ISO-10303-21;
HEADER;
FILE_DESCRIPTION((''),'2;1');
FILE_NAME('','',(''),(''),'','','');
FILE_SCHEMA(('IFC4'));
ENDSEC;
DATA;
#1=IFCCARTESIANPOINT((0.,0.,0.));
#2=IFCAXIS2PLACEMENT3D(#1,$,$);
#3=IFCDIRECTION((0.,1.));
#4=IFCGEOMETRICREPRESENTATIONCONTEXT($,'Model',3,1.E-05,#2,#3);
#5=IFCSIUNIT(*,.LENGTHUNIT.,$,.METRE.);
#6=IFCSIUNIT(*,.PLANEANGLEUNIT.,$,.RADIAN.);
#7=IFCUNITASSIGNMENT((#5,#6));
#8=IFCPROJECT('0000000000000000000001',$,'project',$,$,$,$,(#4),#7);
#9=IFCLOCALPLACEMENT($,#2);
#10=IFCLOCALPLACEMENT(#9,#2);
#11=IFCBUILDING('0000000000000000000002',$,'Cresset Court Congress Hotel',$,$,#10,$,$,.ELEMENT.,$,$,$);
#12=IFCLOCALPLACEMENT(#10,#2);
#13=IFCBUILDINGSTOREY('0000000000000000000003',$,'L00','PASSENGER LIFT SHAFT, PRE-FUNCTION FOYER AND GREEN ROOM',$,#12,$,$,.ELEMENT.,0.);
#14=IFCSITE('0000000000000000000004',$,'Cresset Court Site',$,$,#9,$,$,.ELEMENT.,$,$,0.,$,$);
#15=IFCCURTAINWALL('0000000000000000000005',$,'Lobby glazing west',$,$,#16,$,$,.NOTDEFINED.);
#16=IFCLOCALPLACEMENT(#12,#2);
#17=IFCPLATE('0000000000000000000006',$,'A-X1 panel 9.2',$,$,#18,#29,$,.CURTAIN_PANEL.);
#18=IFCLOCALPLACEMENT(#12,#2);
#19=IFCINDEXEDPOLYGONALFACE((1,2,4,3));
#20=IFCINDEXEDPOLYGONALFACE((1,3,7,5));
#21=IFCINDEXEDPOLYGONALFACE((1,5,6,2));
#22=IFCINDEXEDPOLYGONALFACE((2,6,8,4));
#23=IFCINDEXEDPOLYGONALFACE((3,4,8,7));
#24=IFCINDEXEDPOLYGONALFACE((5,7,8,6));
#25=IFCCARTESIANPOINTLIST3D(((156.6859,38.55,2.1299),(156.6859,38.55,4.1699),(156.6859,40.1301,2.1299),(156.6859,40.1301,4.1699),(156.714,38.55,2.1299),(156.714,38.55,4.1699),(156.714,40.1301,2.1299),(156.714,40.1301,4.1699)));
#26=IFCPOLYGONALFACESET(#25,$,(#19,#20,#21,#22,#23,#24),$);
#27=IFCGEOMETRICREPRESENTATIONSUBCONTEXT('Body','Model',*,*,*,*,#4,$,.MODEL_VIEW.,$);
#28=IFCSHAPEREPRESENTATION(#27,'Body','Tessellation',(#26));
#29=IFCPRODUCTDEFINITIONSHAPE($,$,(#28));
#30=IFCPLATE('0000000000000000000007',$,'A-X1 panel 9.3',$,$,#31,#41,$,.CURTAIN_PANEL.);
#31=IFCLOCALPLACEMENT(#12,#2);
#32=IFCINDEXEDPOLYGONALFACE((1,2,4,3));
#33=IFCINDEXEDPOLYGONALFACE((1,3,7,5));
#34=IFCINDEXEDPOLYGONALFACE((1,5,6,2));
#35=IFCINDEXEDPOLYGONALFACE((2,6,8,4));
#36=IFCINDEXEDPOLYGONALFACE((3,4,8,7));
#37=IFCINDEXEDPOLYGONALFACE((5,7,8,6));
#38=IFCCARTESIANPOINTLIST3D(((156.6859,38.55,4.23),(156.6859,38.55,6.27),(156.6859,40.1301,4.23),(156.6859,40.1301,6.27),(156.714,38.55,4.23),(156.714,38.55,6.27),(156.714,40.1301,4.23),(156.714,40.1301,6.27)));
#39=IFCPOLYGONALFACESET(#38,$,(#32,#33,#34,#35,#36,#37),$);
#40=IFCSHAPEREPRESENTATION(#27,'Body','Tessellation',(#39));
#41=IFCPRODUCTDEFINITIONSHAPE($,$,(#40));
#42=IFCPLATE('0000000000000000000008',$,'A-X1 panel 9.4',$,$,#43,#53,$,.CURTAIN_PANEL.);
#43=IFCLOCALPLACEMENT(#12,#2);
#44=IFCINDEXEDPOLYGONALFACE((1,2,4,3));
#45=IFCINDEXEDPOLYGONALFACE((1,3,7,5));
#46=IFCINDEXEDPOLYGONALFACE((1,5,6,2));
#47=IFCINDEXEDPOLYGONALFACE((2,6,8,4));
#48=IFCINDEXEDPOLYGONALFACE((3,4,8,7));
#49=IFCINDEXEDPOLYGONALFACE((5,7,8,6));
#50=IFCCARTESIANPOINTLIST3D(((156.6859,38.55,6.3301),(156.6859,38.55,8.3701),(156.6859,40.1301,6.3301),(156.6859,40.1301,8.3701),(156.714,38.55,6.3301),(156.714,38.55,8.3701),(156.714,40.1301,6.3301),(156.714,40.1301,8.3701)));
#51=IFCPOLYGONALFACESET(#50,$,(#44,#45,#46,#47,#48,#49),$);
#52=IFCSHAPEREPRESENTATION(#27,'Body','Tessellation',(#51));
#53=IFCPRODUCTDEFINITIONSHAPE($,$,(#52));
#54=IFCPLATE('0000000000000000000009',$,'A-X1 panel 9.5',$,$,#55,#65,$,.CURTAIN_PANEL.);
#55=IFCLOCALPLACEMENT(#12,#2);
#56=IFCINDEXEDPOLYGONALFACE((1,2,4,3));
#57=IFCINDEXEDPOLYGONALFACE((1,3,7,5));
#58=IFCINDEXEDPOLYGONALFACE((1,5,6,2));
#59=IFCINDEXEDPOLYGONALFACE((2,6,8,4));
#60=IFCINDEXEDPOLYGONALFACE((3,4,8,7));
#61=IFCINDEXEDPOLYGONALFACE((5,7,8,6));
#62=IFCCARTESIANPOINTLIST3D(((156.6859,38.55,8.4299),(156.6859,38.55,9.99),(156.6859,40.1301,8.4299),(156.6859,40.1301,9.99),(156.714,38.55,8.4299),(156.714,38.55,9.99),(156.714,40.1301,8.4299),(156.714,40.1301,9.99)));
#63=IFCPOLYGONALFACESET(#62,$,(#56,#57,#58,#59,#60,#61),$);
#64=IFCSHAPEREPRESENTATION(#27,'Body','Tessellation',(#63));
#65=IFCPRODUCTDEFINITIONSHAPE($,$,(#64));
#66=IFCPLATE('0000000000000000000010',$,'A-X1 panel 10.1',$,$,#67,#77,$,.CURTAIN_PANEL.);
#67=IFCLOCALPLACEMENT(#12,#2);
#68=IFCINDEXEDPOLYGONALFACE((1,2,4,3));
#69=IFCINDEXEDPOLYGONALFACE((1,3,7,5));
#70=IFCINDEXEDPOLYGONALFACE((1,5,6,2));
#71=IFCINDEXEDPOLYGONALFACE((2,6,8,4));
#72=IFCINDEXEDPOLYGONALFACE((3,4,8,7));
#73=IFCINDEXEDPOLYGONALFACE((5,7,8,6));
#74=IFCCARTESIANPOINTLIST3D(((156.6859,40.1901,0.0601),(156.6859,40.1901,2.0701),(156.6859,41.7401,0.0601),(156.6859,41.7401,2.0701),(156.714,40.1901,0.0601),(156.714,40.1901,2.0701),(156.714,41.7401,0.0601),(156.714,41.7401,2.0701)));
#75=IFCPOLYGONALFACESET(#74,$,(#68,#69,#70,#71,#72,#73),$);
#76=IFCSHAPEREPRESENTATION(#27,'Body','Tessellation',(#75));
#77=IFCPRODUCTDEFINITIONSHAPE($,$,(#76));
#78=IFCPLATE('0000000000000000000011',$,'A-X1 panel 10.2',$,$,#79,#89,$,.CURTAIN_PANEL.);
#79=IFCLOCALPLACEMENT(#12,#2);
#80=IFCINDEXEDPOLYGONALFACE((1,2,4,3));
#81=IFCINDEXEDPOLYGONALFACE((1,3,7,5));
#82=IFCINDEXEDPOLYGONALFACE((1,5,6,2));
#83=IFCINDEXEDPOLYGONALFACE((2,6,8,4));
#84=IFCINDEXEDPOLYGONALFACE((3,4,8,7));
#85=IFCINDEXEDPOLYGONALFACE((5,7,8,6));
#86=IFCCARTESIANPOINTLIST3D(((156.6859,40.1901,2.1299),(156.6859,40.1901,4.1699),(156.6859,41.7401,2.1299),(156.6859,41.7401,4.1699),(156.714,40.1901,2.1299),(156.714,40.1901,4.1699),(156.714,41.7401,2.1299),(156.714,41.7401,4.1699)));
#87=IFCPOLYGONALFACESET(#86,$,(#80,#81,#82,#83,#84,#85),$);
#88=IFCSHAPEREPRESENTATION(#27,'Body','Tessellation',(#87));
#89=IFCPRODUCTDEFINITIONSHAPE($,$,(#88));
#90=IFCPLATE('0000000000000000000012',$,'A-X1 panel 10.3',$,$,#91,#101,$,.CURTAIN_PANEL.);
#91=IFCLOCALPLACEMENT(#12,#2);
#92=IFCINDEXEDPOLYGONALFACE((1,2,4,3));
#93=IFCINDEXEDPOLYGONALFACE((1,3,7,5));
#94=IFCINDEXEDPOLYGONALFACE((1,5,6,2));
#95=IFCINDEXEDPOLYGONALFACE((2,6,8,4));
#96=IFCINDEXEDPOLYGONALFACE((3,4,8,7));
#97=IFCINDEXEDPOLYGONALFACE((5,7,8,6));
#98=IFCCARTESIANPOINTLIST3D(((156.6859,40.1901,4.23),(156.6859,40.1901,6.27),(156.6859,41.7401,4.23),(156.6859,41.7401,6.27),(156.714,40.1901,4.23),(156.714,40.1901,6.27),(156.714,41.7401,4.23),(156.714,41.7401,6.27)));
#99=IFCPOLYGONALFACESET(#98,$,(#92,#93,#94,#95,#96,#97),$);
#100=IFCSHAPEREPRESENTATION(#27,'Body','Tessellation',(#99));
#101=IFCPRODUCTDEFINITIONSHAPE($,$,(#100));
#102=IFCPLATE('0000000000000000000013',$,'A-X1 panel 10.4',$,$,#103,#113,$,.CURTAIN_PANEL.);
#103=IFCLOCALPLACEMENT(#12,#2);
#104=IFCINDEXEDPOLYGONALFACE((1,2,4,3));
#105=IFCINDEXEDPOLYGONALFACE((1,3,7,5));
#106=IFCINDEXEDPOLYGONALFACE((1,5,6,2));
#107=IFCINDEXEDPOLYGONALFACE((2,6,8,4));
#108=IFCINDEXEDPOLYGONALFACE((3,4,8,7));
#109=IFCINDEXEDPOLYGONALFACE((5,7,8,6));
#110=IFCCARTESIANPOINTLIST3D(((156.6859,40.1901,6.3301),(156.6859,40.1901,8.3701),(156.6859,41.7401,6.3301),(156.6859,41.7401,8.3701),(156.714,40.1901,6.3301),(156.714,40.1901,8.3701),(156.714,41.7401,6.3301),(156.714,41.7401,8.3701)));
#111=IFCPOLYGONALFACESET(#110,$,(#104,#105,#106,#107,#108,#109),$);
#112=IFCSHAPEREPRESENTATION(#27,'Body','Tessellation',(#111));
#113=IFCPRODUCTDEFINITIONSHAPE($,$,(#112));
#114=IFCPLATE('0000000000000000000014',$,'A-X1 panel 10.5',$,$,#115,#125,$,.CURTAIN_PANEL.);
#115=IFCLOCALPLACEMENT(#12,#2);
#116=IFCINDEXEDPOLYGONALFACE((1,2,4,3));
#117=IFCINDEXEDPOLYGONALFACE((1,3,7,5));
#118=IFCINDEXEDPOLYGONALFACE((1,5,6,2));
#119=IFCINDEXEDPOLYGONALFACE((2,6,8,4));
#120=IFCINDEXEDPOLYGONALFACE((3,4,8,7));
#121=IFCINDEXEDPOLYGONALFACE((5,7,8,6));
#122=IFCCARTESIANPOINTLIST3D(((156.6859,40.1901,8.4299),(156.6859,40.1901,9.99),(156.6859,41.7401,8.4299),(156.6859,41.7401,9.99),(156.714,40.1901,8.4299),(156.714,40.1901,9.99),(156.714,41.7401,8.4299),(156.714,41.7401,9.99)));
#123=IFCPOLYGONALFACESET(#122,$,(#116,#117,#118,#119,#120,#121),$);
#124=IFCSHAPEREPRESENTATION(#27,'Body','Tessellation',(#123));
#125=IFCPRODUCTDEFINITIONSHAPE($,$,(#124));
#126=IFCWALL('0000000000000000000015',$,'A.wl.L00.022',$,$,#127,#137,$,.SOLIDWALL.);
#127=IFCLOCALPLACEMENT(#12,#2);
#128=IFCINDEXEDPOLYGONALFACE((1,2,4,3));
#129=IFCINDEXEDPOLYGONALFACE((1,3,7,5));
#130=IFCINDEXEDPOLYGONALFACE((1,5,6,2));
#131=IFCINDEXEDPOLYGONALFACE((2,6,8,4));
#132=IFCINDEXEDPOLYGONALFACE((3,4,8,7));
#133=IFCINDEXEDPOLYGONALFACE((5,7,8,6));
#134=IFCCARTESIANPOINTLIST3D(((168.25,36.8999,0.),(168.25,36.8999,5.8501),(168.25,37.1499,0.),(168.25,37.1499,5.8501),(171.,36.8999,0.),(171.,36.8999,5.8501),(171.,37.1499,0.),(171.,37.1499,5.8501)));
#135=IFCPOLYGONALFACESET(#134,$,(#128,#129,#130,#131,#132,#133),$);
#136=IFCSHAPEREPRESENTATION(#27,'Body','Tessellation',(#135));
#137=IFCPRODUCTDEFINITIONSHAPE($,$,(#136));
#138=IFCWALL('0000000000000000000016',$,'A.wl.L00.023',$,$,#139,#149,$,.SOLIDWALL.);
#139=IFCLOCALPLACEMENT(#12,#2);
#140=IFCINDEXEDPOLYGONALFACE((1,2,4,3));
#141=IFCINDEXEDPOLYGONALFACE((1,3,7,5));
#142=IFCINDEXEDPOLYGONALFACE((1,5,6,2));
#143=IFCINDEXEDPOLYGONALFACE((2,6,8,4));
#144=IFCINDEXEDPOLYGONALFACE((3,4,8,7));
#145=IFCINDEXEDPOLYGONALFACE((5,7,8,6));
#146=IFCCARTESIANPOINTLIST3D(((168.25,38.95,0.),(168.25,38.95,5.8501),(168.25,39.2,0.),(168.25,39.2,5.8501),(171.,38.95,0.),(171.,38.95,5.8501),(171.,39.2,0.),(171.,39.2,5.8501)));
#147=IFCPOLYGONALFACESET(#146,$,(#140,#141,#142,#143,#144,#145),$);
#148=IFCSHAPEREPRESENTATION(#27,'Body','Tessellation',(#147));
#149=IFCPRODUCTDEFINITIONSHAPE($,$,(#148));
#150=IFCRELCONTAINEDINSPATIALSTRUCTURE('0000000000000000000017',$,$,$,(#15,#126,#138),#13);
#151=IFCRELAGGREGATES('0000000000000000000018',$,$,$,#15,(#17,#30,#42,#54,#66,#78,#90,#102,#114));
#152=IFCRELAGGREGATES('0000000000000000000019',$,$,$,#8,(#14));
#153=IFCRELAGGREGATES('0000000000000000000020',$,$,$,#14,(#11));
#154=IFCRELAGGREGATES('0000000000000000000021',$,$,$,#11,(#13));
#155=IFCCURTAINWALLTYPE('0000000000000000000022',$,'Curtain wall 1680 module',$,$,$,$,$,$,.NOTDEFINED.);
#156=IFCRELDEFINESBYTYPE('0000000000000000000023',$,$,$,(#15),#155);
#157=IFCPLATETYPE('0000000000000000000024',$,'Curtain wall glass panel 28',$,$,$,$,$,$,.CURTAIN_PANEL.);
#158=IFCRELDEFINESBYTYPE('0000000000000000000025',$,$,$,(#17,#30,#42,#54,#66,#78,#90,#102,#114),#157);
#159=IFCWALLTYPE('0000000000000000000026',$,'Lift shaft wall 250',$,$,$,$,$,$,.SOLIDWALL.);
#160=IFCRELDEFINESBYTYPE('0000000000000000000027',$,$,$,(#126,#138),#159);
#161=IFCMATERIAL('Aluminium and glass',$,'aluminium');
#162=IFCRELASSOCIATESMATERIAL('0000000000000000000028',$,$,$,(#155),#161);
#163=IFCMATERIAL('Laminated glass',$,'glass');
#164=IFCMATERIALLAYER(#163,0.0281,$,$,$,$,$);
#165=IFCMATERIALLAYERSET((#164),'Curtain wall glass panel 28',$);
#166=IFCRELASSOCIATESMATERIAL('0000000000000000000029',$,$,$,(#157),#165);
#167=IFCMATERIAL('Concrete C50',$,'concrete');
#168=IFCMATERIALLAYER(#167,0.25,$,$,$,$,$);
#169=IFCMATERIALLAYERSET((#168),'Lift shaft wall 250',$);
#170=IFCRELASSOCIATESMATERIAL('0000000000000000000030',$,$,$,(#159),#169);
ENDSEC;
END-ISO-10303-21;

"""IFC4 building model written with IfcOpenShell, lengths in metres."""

from ifc_helpers import new_model, si_unit, direction, frame, frame_2d, origin, origin_2d, place, context, subcontext, project, spatial, rectangle, extrude, material, layer, layer_set, type_object, element, aggregate, save


model = new_model("IFC4")

# Units and contexts
model_context = context("Model", 3, precision=1e-05, world=origin(), true_north=direction((0.0, 1.0)))
body_context = subcontext(model_context, "Body", "Model", "MODEL_VIEW")
ifc_project = project(units=[si_unit("LENGTHUNIT", "METRE"), si_unit("PLANEANGLEUNIT", "RADIAN")], contexts=[model_context])

# Site, building, storey
site_placement = place(None, origin())
site = spatial("IfcSite", under=ifc_project, at=site_placement, Name="Cresset Court Site", CompositionType="ELEMENT", RefElevation=0.0)
building_placement = place(site_placement, origin())
building = spatial("IfcBuilding", under=site, at=building_placement, Name="Cresset Court Congress Hotel", CompositionType="ELEMENT")
storey_placement = place(building_placement, origin())
storey = spatial("IfcBuildingStorey", under=building, at=storey_placement, Name="L00", Description="PASSENGER LIFT SHAFT, PRE-FUNCTION FOYER AND GREEN ROOM", CompositionType="ELEMENT", Elevation=0.0)

# Curtain wall, plates
ifc_material_1 = material(Name="Aluminium and glass", Category="aluminium")
curtain_wall_type = type_object("IfcCurtainWallType", Name="Curtain wall 1680 module", PredefinedType="NOTDEFINED", material=ifc_material_1)
curtain_wall_placement = place(storey_placement, origin())
curtain_wall = element("IfcCurtainWall", 1, at=curtain_wall_placement, inside=storey, type_object=curtain_wall_type, Name="Lobby glazing west", PredefinedType="NOTDEFINED")
ifc_material_2 = material(Name="Laminated glass", Category="glass")
ifc_layer_1 = layer(ifc_material_2, 0.0281)
ifc_layer_set_1 = layer_set([ifc_layer_1], Name="Curtain wall glass panel 28")
plate_type = type_object("IfcPlateType", Name="Curtain wall glass panel 28", PredefinedType="CURTAIN_PANEL", material=ifc_layer_set_1)
plate_1_placement = place(storey_placement, frame((156.7, 39.3401, 2.1299), z_axis=(0.0, 0.0, 1.0), x_axis=(0.0, 1.0, 0.0)))
plate_1 = element("IfcPlate", 2, at=plate_1_placement, type_object=plate_type, Name="A-X1 panel 9.2", PredefinedType="CURTAIN_PANEL", context=body_context, shape_type="SweptSolid", body=[
    extrude(rectangle(XDim=1.5801, YDim=0.0281, at=origin_2d()), origin(), (0.0, 0.0, 1.0), 2.04),
])
plate_2_placement = place(storey_placement, frame((156.7, 39.3401, 4.23), z_axis=(0.0, 0.0, 1.0), x_axis=(0.0, 1.0, 0.0)))
plate_2 = element("IfcPlate", 3, at=plate_2_placement, type_object=plate_type, Name="A-X1 panel 9.3", PredefinedType="CURTAIN_PANEL", context=body_context, shape_type="SweptSolid", body=[
    extrude(rectangle(XDim=1.5801, YDim=0.0281, at=origin_2d()), origin(), (0.0, 0.0, 1.0), 2.04),
])
plate_3_placement = place(storey_placement, frame((156.7, 39.3401, 6.3301), z_axis=(0.0, 0.0, 1.0), x_axis=(0.0, 1.0, 0.0)))
plate_3 = element("IfcPlate", 4, at=plate_3_placement, type_object=plate_type, Name="A-X1 panel 9.4", PredefinedType="CURTAIN_PANEL", context=body_context, shape_type="SweptSolid", body=[
    extrude(rectangle(XDim=1.5801, YDim=0.0281, at=origin_2d()), origin(), (0.0, 0.0, 1.0), 2.04),
])
plate_4_placement = place(storey_placement, frame((156.7, 39.3401, 8.4299), z_axis=(0.0, 0.0, 1.0), x_axis=(0.0, 1.0, 0.0)))
plate_4 = element("IfcPlate", 5, at=plate_4_placement, type_object=plate_type, Name="A-X1 panel 9.5", PredefinedType="CURTAIN_PANEL", context=body_context, shape_type="SweptSolid", body=[
    extrude(rectangle(XDim=1.5801, YDim=0.0281, at=origin_2d()), origin(), (0.0, 0.0, 1.0), 1.5601),
])
plate_5_placement = place(storey_placement, frame((156.7, 40.9651, 0.0601), z_axis=(0.0, 0.0, 1.0), x_axis=(0.0, 1.0, 0.0)))
plate_5 = element("IfcPlate", 6, at=plate_5_placement, type_object=plate_type, Name="A-X1 panel 10.1", PredefinedType="CURTAIN_PANEL", context=body_context, shape_type="SweptSolid", body=[
    extrude(rectangle(XDim=1.55, YDim=0.0281, at=origin_2d()), origin(), (0.0, 0.0, 1.0), 2.01),
])
plate_6_placement = place(storey_placement, frame((156.7, 40.9651, 2.1299), z_axis=(0.0, 0.0, 1.0), x_axis=(0.0, 1.0, 0.0)))
plate_6 = element("IfcPlate", 7, at=plate_6_placement, type_object=plate_type, Name="A-X1 panel 10.2", PredefinedType="CURTAIN_PANEL", context=body_context, shape_type="SweptSolid", body=[
    extrude(rectangle(XDim=1.55, YDim=0.0281, at=origin_2d()), origin(), (0.0, 0.0, 1.0), 2.04),
])
plate_7_placement = place(storey_placement, frame((156.7, 40.9651, 4.23), z_axis=(0.0, 0.0, 1.0), x_axis=(0.0, 1.0, 0.0)))
plate_7 = element("IfcPlate", 8, at=plate_7_placement, type_object=plate_type, Name="A-X1 panel 10.3", PredefinedType="CURTAIN_PANEL", context=body_context, shape_type="SweptSolid", body=[
    extrude(rectangle(XDim=1.55, YDim=0.0281, at=origin_2d()), origin(), (0.0, 0.0, 1.0), 2.04),
])
plate_8_placement = place(storey_placement, frame((156.7, 40.9651, 6.3301), z_axis=(0.0, 0.0, 1.0), x_axis=(0.0, 1.0, 0.0)))
plate_8 = element("IfcPlate", 9, at=plate_8_placement, type_object=plate_type, Name="A-X1 panel 10.4", PredefinedType="CURTAIN_PANEL", context=body_context, shape_type="SweptSolid", body=[
    extrude(rectangle(XDim=1.55, YDim=0.0281, at=origin_2d()), origin(), (0.0, 0.0, 1.0), 2.04),
])
plate_9_placement = place(storey_placement, frame((156.7, 40.9651, 8.4299), z_axis=(0.0, 0.0, 1.0), x_axis=(0.0, 1.0, 0.0)))
plate_9 = element("IfcPlate", 10, at=plate_9_placement, type_object=plate_type, Name="A-X1 panel 10.5", PredefinedType="CURTAIN_PANEL", context=body_context, shape_type="SweptSolid", body=[
    extrude(rectangle(XDim=1.55, YDim=0.0281, at=origin_2d()), origin(), (0.0, 0.0, 1.0), 1.5601),
])
aggregate(curtain_wall, [plate_1, plate_2, plate_3, plate_4, plate_5, plate_6, plate_7, plate_8, plate_9])

# Walls
ifc_material_3 = material(Name="Concrete C50", Category="concrete")
ifc_layer_2 = layer(ifc_material_3, 0.25)
ifc_layer_set_2 = layer_set([ifc_layer_2], Name="Lift shaft wall 250")
wall_type = type_object("IfcWallType", Name="Lift shaft wall 250", PredefinedType="SOLIDWALL", material=ifc_layer_set_2)
for number, where, z_axis, x_axis, name in (
    (11, (168.25, 37.0249, 0.0), (0.0, 0.0, 1.0), (1.0, 0.0, 0.0), "A.wl.L00.022"),
    (12, (168.25, 39.075, 0.0), (0.0, 0.0, 1.0), (1.0, 0.0, 0.0), "A.wl.L00.023"),
):
    element("IfcWall", number, at=place(storey_placement, frame(where, z_axis=z_axis, x_axis=x_axis)), inside=storey, type_object=wall_type, Name=name, PredefinedType="SOLIDWALL", context=body_context, shape_type="SweptSolid", body=[
        extrude(rectangle(XDim=2.75, YDim=0.25, at=frame_2d((1.375, 0.0))), origin(), (0.0, 0.0, 1.0), 5.8501),
    ])

save(model, "model.ifc")
